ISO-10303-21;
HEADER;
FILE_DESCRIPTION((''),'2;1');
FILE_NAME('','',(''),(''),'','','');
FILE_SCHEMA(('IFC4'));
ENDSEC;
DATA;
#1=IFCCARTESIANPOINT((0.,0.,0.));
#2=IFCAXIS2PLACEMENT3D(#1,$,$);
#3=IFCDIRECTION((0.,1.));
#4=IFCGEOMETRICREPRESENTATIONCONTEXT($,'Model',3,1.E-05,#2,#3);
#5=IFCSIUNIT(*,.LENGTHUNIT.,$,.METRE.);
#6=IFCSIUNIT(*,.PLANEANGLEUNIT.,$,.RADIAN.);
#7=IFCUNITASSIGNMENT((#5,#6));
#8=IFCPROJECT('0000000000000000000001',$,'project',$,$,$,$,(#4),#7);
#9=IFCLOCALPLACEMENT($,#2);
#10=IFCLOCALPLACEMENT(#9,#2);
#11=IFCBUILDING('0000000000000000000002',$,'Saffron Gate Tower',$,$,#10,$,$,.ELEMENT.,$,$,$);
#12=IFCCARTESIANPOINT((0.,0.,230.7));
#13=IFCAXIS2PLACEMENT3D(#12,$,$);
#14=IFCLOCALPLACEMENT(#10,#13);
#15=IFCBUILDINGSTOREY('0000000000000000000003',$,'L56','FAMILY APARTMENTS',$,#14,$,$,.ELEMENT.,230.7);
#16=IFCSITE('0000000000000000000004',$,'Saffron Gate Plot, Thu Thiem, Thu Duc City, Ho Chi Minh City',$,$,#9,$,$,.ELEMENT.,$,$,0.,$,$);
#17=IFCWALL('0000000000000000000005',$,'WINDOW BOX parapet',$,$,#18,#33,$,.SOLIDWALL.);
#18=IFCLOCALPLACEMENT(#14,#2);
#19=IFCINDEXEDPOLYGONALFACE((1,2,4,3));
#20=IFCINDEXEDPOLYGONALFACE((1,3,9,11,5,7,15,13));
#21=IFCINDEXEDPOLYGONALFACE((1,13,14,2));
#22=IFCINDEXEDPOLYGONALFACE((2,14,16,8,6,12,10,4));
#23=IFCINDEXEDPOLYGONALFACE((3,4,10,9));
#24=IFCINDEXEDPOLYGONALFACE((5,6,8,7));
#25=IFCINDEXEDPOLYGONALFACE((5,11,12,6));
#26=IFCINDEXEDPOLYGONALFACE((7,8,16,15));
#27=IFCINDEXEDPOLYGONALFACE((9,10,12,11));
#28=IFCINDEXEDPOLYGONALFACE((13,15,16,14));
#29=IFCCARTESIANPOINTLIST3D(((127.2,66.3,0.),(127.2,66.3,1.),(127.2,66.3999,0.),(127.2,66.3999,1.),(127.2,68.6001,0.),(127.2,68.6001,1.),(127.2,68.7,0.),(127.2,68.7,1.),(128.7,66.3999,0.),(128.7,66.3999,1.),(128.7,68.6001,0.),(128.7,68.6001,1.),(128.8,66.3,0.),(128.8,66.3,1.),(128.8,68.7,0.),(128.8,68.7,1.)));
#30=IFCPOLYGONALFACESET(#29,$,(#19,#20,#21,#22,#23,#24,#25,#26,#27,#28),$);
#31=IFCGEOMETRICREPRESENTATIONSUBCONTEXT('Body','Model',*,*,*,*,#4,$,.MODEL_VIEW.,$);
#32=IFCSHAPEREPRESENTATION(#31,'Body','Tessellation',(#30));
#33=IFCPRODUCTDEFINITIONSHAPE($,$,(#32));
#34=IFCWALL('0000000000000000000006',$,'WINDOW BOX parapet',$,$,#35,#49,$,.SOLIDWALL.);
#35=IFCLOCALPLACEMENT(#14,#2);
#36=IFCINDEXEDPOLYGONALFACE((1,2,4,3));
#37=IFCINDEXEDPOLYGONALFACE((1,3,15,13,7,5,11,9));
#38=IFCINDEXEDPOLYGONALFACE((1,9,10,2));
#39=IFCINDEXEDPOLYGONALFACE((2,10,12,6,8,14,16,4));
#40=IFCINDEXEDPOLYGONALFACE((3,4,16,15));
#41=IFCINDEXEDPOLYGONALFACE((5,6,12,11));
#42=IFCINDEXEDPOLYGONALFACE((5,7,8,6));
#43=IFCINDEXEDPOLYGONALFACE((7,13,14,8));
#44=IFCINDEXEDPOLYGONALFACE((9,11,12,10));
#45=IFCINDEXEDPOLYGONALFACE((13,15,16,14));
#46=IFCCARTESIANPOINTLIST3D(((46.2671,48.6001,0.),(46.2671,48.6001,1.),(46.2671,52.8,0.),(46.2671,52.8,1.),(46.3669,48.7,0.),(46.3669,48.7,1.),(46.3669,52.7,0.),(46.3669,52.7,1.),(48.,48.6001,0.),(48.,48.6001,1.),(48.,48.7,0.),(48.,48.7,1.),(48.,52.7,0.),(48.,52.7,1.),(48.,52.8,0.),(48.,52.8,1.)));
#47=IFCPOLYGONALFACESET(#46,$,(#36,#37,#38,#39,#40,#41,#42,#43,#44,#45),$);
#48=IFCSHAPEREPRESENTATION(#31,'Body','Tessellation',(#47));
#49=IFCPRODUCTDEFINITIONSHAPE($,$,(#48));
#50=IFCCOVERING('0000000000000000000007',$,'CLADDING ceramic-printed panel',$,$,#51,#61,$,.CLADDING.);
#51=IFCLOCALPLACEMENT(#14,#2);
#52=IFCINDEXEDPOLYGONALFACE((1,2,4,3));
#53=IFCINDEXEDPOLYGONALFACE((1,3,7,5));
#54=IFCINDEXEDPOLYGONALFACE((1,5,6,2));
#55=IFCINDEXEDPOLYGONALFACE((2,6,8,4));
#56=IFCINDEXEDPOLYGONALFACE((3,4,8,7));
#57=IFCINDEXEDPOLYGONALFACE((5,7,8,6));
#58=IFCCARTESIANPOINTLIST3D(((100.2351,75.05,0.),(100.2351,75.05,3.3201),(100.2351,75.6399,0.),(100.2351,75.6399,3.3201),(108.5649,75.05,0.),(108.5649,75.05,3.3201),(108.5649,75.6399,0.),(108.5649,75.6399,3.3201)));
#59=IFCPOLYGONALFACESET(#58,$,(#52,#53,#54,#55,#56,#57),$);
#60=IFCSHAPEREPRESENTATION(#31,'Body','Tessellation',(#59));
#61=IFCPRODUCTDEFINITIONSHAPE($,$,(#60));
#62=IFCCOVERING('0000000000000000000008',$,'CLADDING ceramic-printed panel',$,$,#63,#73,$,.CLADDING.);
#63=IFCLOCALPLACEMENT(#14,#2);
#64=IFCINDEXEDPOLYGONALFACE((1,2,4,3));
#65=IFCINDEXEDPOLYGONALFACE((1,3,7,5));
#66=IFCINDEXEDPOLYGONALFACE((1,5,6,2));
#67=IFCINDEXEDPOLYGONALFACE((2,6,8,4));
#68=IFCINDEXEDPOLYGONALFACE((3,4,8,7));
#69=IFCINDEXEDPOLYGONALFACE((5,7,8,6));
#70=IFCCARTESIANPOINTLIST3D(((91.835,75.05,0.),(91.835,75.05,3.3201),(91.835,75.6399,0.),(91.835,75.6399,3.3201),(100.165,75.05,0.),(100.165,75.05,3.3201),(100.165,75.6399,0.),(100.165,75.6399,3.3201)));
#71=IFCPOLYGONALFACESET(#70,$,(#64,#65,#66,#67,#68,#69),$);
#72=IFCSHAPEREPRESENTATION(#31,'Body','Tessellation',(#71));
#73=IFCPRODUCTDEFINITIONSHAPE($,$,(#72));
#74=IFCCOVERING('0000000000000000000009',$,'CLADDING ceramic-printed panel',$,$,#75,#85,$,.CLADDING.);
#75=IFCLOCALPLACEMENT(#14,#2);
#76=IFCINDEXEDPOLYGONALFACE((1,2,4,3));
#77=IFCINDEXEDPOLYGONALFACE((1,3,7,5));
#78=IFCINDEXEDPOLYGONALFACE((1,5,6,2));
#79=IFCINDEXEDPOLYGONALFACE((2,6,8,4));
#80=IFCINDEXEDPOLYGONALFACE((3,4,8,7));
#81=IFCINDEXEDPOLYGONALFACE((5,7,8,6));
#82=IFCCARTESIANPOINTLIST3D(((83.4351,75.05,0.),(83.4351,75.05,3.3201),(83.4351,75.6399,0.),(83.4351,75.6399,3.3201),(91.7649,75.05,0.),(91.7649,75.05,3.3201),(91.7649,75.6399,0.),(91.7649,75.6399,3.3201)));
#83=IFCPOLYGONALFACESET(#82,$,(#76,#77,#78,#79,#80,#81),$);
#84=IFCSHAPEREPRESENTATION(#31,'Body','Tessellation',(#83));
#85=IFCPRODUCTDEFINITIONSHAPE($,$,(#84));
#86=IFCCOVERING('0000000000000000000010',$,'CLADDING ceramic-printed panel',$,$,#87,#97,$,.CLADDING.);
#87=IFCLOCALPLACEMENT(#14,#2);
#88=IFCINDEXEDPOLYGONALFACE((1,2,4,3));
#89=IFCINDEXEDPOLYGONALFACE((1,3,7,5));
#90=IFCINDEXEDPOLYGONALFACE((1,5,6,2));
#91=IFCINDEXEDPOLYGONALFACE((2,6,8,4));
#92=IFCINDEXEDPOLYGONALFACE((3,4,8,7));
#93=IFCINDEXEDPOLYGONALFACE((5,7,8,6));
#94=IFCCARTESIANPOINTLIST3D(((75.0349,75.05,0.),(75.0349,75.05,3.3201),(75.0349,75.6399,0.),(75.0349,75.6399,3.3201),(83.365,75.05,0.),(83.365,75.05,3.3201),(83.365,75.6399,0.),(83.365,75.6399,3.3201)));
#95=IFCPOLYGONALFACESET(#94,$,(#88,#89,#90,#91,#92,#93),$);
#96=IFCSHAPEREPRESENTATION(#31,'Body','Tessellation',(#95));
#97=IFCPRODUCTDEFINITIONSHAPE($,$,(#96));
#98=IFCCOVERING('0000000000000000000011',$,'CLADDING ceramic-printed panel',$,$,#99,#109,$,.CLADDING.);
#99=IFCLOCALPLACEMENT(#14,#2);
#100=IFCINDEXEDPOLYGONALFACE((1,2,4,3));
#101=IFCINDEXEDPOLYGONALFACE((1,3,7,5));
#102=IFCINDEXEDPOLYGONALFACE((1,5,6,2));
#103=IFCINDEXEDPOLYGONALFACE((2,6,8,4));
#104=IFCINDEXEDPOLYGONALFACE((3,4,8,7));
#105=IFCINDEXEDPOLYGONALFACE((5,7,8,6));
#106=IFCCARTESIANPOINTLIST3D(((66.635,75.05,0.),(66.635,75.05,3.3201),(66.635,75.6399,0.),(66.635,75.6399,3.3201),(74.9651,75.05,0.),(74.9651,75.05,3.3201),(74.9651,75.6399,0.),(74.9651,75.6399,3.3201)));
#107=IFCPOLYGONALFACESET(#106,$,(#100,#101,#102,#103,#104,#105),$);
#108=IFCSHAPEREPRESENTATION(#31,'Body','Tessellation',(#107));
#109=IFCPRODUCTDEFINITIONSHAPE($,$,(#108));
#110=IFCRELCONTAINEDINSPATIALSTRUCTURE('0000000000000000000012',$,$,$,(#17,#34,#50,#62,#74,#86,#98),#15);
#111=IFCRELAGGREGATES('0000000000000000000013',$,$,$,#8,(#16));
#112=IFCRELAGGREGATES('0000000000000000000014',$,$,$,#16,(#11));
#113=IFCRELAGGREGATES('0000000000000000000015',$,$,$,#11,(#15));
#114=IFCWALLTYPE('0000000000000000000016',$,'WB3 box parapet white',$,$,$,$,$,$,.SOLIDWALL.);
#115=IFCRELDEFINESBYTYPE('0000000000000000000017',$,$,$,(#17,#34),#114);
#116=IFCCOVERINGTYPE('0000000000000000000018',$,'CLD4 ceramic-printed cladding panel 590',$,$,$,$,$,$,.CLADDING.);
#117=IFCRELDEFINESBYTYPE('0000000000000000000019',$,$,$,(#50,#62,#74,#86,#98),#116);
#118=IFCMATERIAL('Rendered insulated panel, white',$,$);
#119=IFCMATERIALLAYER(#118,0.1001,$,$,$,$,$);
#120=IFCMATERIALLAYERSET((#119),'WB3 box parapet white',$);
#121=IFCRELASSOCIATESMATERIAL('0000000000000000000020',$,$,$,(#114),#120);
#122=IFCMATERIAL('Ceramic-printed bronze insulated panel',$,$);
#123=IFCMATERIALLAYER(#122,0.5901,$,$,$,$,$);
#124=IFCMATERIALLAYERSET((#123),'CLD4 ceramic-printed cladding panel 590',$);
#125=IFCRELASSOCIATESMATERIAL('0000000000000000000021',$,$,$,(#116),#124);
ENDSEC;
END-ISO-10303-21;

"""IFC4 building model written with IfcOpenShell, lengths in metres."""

from ifc_helpers import new_model, si_unit, direction, frame, origin, place, context, subcontext, project, spatial, polyline, outline, extrude, material, layer, layer_set, type_object, element, save


model = new_model("IFC4")

# Units and contexts
model_context = context("Model", 3, precision=1e-05, world=origin(), true_north=direction((0.0, 1.0)))
body_context = subcontext(model_context, "Body", "Model", "MODEL_VIEW")
ifc_project = project(units=[si_unit("LENGTHUNIT", "METRE"), si_unit("PLANEANGLEUNIT", "RADIAN")], contexts=[model_context])

# Site, building, storey
site_placement = place(None, origin())
site = spatial("IfcSite", under=ifc_project, at=site_placement, Name="Saffron Gate Plot, Thu Thiem, Thu Duc City, Ho Chi Minh City", CompositionType="ELEMENT", RefElevation=0.0)
building_placement = place(site_placement, origin())
building = spatial("IfcBuilding", under=site, at=building_placement, Name="Saffron Gate Tower", CompositionType="ELEMENT")
storey_placement = place(building_placement, frame((0.0, 0.0, 230.7)))
storey = spatial("IfcBuildingStorey", under=building, at=storey_placement, Name="L56", Description="FAMILY APARTMENTS", CompositionType="ELEMENT", Elevation=230.7)

# Walls
ifc_material_1 = material(Name="Rendered insulated panel, white")
ifc_layer_1 = layer(ifc_material_1, 0.1001)
ifc_layer_set_1 = layer_set([ifc_layer_1], Name="WB3 box parapet white")
wall_type = type_object("IfcWallType", Name="WB3 box parapet white", PredefinedType="SOLIDWALL", material=ifc_layer_set_1)
wall_1_placement = place(storey_placement, origin())
element("IfcWall", 1, at=wall_1_placement, inside=storey, type_object=wall_type, Name="WINDOW BOX parapet", PredefinedType="SOLIDWALL", context=body_context, shape_type="SweptSolid", body=[
    extrude(outline(polyline([(127.2, 66.3), (127.2, 66.3999), (128.7, 66.3999), (128.7, 68.6001), (127.2, 68.6001), (127.2, 68.7), (128.8, 68.7), (128.8, 66.3), (127.2, 66.3)])), origin(), (0.0, 0.0, 1.0), 1.0),
])
wall_2_placement = place(storey_placement, origin())
element("IfcWall", 2, at=wall_2_placement, inside=storey, type_object=wall_type, Name="WINDOW BOX parapet", PredefinedType="SOLIDWALL", context=body_context, shape_type="SweptSolid", body=[
    extrude(outline(polyline([(48.0, 52.8), (48.0, 52.7), (46.3669, 52.7), (46.3669, 48.7), (48.0, 48.7), (48.0, 48.6001), (46.2671, 48.6001), (46.2671, 52.8), (48.0, 52.8)])), origin(), (0.0, 0.0, 1.0), 1.0),
])

# Coverings
ifc_material_2 = material(Name="Ceramic-printed bronze insulated panel")
ifc_layer_2 = layer(ifc_material_2, 0.5901)
ifc_layer_set_2 = layer_set([ifc_layer_2], Name="CLD4 ceramic-printed cladding panel 590")
covering_type = type_object("IfcCoveringType", Name="CLD4 ceramic-printed cladding panel 590", PredefinedType="CLADDING", material=ifc_layer_set_2)
covering_1_placement = place(storey_placement, origin())
element("IfcCovering", 3, at=covering_1_placement, inside=storey, type_object=covering_type, Name="CLADDING ceramic-printed panel", PredefinedType="CLADDING", context=body_context, shape_type="SweptSolid", body=[
    extrude(outline(polyline([(108.5649, 75.6399), (100.2351, 75.6399), (100.2351, 75.05), (108.5649, 75.05), (108.5649, 75.6399)])), origin(), (0.0, 0.0, 1.0), 3.3201),
])
covering_2_placement = place(storey_placement, origin())
element("IfcCovering", 4, at=covering_2_placement, inside=storey, type_object=covering_type, Name="CLADDING ceramic-printed panel", PredefinedType="CLADDING", context=body_context, shape_type="SweptSolid", body=[
    extrude(outline(polyline([(100.165, 75.6399), (91.835, 75.6399), (91.835, 75.05), (100.165, 75.05), (100.165, 75.6399)])), origin(), (0.0, 0.0, 1.0), 3.3201),
])
covering_3_placement = place(storey_placement, origin())
element("IfcCovering", 5, at=covering_3_placement, inside=storey, type_object=covering_type, Name="CLADDING ceramic-printed panel", PredefinedType="CLADDING", context=body_context, shape_type="SweptSolid", body=[
    extrude(outline(polyline([(91.7649, 75.6399), (83.4351, 75.6399), (83.4351, 75.05), (91.7649, 75.05), (91.7649, 75.6399)])), origin(), (0.0, 0.0, 1.0), 3.3201),
])
covering_4_placement = place(storey_placement, origin())
element("IfcCovering", 6, at=covering_4_placement, inside=storey, type_object=covering_type, Name="CLADDING ceramic-printed panel", PredefinedType="CLADDING", context=body_context, shape_type="SweptSolid", body=[
    extrude(outline(polyline([(83.365, 75.6399), (75.0349, 75.6399), (75.0349, 75.05), (83.365, 75.05), (83.365, 75.6399)])), origin(), (0.0, 0.0, 1.0), 3.3201),
])
covering_5_placement = place(storey_placement, origin())
element("IfcCovering", 7, at=covering_5_placement, inside=storey, type_object=covering_type, Name="CLADDING ceramic-printed panel", PredefinedType="CLADDING", context=body_context, shape_type="SweptSolid", body=[
    extrude(outline(polyline([(74.9651, 75.6399), (66.635, 75.6399), (66.635, 75.05), (74.9651, 75.05), (74.9651, 75.6399)])), origin(), (0.0, 0.0, 1.0), 3.3201),
])

save(model, "model.ifc")
